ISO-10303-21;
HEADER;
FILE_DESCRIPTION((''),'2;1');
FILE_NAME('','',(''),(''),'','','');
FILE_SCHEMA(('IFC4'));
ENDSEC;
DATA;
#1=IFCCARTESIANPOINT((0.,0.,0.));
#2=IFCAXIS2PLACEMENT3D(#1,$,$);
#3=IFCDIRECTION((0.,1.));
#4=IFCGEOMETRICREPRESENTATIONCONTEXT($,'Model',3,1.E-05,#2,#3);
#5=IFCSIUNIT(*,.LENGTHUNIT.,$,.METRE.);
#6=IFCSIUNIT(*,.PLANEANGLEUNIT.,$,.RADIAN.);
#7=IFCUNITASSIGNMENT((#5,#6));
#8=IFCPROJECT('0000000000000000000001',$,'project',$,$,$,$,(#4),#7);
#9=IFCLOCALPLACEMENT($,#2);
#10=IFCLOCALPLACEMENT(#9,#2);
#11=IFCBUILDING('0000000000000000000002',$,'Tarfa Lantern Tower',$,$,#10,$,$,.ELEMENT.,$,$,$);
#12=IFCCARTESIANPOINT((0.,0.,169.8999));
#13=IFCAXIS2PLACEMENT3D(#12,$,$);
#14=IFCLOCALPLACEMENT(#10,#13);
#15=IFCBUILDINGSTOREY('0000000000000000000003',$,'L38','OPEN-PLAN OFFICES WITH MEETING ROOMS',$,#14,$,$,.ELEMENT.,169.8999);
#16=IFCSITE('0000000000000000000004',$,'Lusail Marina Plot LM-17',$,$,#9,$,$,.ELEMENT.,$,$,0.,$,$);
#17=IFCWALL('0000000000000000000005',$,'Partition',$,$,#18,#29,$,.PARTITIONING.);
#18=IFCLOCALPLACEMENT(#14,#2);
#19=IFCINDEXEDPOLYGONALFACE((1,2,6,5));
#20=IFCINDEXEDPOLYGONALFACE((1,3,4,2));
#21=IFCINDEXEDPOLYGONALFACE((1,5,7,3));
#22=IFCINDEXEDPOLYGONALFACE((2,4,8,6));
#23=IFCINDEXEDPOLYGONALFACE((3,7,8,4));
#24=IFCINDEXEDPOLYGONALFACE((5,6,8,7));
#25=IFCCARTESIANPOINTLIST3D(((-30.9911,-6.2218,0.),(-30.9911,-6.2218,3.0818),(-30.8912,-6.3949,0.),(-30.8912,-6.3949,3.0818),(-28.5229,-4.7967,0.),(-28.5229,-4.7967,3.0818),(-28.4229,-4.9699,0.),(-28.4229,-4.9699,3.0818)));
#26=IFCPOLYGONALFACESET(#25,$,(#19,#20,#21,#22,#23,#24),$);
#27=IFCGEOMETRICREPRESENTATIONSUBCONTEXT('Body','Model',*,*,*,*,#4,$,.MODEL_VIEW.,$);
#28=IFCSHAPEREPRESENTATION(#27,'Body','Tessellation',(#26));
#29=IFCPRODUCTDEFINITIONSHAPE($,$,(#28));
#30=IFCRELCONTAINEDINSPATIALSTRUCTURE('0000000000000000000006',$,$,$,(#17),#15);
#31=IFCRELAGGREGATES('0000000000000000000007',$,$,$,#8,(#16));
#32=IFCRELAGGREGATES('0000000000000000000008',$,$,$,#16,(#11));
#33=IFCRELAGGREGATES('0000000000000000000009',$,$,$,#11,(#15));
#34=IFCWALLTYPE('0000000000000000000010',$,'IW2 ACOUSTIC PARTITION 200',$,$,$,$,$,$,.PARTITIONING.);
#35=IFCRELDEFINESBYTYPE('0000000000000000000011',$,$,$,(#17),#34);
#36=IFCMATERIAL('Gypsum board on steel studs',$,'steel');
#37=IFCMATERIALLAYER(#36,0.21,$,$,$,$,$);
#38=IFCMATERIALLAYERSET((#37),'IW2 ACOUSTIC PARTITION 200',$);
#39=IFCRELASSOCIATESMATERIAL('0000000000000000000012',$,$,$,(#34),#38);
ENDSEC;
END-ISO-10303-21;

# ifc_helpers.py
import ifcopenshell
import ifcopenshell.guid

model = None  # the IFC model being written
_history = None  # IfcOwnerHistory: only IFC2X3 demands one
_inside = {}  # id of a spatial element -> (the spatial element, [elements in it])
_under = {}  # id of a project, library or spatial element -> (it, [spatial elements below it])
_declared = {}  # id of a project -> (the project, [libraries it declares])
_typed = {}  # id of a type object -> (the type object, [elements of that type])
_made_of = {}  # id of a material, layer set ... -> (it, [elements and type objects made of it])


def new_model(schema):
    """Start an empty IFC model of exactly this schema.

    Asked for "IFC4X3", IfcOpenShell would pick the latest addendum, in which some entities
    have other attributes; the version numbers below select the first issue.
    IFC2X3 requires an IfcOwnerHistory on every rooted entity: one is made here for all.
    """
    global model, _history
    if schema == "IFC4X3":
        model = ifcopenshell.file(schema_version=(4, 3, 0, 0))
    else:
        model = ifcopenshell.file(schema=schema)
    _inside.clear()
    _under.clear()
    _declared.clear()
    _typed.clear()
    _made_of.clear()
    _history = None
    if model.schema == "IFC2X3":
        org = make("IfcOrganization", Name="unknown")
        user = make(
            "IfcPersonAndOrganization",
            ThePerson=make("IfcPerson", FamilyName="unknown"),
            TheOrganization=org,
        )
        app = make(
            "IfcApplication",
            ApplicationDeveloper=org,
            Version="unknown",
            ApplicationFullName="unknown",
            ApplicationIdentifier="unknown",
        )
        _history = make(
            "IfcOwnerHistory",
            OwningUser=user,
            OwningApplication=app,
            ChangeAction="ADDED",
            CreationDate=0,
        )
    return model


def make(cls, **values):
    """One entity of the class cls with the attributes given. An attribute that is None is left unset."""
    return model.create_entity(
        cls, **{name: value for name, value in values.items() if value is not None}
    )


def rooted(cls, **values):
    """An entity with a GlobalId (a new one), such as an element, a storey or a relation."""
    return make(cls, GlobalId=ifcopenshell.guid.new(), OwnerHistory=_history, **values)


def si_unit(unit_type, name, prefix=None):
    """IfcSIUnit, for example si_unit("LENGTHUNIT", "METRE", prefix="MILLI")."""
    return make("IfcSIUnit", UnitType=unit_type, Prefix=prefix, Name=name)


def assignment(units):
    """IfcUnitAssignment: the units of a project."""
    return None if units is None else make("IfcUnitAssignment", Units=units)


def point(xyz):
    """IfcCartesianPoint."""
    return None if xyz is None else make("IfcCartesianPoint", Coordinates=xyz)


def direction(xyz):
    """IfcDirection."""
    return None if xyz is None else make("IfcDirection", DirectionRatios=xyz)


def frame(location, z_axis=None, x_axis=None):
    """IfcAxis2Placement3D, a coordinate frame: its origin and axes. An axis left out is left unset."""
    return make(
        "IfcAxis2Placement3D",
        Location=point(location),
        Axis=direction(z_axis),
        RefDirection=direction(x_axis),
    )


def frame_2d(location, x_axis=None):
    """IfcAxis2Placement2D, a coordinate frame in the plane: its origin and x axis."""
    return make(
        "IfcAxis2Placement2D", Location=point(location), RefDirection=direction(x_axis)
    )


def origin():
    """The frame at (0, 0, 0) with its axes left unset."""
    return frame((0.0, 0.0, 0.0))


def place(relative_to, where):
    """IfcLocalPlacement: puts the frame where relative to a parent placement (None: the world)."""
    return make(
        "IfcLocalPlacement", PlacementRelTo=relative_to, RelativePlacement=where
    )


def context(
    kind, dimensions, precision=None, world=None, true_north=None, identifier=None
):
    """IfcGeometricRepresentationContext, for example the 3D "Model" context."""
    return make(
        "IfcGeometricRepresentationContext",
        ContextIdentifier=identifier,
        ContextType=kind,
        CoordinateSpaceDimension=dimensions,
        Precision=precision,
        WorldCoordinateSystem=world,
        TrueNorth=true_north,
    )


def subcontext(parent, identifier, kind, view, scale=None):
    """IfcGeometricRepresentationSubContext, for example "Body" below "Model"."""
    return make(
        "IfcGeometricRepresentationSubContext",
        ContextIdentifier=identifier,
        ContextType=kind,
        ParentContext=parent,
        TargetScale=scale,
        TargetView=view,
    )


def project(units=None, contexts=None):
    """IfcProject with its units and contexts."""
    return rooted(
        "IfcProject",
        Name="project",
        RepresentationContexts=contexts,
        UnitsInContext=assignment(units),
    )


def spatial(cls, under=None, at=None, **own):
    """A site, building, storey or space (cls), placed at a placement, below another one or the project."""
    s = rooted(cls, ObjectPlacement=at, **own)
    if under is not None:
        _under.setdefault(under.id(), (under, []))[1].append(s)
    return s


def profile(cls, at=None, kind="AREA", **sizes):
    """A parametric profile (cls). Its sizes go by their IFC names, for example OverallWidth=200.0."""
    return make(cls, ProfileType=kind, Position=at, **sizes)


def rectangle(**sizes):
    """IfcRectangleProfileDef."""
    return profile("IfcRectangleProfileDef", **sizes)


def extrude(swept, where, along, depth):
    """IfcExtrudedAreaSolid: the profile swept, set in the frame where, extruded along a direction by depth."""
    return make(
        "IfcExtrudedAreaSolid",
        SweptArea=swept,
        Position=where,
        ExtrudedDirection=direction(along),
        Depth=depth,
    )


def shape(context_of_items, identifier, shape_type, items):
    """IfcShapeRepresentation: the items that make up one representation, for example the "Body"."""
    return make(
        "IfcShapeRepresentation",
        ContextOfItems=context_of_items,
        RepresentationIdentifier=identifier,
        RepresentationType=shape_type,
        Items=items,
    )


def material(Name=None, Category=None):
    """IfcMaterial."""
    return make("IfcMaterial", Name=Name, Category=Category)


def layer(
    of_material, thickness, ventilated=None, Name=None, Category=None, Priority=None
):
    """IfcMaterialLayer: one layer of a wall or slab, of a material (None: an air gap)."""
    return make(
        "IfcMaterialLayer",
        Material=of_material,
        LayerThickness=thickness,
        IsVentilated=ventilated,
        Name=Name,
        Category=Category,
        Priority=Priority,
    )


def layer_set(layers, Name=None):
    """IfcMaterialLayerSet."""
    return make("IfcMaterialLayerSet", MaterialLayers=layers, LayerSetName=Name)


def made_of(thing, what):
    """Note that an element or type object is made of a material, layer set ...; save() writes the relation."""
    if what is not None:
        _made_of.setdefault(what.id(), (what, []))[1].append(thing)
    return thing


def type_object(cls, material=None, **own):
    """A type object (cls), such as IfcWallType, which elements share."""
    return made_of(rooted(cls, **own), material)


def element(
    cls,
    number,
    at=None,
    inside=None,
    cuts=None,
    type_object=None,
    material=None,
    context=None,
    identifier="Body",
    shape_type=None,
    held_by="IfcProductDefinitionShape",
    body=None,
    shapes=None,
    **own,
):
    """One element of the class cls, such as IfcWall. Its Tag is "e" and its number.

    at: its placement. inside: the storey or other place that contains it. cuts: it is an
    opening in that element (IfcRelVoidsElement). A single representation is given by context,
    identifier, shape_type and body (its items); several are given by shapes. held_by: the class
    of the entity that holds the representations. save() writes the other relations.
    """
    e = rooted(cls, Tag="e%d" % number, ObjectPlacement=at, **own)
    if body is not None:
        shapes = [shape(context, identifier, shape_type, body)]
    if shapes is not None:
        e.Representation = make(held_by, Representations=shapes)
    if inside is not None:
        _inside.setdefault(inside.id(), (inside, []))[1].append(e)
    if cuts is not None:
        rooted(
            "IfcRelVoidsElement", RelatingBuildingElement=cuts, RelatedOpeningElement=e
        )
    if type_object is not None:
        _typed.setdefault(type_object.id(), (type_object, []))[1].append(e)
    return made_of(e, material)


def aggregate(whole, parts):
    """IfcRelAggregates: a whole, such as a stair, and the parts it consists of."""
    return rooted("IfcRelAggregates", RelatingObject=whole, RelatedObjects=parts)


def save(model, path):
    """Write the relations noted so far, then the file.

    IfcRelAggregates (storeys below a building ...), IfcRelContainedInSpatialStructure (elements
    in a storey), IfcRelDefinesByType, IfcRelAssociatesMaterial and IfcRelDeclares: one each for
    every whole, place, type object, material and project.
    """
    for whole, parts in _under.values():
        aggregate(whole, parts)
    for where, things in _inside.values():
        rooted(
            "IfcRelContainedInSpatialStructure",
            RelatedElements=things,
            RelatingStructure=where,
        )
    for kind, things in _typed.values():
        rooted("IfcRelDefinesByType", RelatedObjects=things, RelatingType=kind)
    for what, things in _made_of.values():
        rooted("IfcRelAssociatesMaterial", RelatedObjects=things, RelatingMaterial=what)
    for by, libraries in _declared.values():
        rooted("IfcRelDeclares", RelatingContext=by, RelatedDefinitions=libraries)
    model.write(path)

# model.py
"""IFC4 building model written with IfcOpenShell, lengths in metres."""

from ifc_helpers import new_model, si_unit, direction, frame, frame_2d, origin, place, context, subcontext, project, spatial, rectangle, extrude, material, layer, layer_set, type_object, element, save


model = new_model("IFC4")

# Units and contexts
model_context = context("Model", 3, precision=1e-05, world=origin(), true_north=direction((0.0, 1.0)))
body_context = subcontext(model_context, "Body", "Model", "MODEL_VIEW")
ifc_project = project(units=[si_unit("LENGTHUNIT", "METRE"), si_unit("PLANEANGLEUNIT", "RADIAN")], contexts=[model_context])

# Site, building, storey
site_placement = place(None, origin())
site = spatial("IfcSite", under=ifc_project, at=site_placement, Name="Lusail Marina Plot LM-17", CompositionType="ELEMENT", RefElevation=0.0)
building_placement = place(site_placement, origin())
building = spatial("IfcBuilding", under=site, at=building_placement, Name="Tarfa Lantern Tower", CompositionType="ELEMENT")
storey_placement = place(building_placement, frame((0.0, 0.0, 169.8999)))
storey = spatial("IfcBuildingStorey", under=building, at=storey_placement, Name="L38", Description="OPEN-PLAN OFFICES WITH MEETING ROOMS", CompositionType="ELEMENT", Elevation=169.8999)

# Shared definitions
ifc_material_1 = material(Name="Gypsum board on steel studs", Category="steel")
ifc_layer_1 = layer(ifc_material_1, 0.21)
ifc_layer_set_1 = layer_set([ifc_layer_1], Name="IW2 ACOUSTIC PARTITION 200")
wall_type_1 = type_object("IfcWallType", Name="IW2 ACOUSTIC PARTITION 200", PredefinedType="PARTITIONING", material=ifc_layer_set_1)

# Wall
wall_1_placement = place(storey_placement, frame((-28.4729, -4.8833, 0.0), z_axis=(0.0, 0.0, 1.0), x_axis=(-0.866026, -0.499999, 0.0)))
element("IfcWall", 1, at=wall_1_placement, inside=storey, type_object=wall_type_1, Name="Partition", PredefinedType="PARTITIONING", context=body_context, shape_type="SweptSolid", body=[
    extrude(rectangle(XDim=2.8501, YDim=0.2, at=frame_2d((1.425, 0.0))), origin(), (0.0, 0.0, 1.0), 3.0818),
])

save(model, "model.ifc")
